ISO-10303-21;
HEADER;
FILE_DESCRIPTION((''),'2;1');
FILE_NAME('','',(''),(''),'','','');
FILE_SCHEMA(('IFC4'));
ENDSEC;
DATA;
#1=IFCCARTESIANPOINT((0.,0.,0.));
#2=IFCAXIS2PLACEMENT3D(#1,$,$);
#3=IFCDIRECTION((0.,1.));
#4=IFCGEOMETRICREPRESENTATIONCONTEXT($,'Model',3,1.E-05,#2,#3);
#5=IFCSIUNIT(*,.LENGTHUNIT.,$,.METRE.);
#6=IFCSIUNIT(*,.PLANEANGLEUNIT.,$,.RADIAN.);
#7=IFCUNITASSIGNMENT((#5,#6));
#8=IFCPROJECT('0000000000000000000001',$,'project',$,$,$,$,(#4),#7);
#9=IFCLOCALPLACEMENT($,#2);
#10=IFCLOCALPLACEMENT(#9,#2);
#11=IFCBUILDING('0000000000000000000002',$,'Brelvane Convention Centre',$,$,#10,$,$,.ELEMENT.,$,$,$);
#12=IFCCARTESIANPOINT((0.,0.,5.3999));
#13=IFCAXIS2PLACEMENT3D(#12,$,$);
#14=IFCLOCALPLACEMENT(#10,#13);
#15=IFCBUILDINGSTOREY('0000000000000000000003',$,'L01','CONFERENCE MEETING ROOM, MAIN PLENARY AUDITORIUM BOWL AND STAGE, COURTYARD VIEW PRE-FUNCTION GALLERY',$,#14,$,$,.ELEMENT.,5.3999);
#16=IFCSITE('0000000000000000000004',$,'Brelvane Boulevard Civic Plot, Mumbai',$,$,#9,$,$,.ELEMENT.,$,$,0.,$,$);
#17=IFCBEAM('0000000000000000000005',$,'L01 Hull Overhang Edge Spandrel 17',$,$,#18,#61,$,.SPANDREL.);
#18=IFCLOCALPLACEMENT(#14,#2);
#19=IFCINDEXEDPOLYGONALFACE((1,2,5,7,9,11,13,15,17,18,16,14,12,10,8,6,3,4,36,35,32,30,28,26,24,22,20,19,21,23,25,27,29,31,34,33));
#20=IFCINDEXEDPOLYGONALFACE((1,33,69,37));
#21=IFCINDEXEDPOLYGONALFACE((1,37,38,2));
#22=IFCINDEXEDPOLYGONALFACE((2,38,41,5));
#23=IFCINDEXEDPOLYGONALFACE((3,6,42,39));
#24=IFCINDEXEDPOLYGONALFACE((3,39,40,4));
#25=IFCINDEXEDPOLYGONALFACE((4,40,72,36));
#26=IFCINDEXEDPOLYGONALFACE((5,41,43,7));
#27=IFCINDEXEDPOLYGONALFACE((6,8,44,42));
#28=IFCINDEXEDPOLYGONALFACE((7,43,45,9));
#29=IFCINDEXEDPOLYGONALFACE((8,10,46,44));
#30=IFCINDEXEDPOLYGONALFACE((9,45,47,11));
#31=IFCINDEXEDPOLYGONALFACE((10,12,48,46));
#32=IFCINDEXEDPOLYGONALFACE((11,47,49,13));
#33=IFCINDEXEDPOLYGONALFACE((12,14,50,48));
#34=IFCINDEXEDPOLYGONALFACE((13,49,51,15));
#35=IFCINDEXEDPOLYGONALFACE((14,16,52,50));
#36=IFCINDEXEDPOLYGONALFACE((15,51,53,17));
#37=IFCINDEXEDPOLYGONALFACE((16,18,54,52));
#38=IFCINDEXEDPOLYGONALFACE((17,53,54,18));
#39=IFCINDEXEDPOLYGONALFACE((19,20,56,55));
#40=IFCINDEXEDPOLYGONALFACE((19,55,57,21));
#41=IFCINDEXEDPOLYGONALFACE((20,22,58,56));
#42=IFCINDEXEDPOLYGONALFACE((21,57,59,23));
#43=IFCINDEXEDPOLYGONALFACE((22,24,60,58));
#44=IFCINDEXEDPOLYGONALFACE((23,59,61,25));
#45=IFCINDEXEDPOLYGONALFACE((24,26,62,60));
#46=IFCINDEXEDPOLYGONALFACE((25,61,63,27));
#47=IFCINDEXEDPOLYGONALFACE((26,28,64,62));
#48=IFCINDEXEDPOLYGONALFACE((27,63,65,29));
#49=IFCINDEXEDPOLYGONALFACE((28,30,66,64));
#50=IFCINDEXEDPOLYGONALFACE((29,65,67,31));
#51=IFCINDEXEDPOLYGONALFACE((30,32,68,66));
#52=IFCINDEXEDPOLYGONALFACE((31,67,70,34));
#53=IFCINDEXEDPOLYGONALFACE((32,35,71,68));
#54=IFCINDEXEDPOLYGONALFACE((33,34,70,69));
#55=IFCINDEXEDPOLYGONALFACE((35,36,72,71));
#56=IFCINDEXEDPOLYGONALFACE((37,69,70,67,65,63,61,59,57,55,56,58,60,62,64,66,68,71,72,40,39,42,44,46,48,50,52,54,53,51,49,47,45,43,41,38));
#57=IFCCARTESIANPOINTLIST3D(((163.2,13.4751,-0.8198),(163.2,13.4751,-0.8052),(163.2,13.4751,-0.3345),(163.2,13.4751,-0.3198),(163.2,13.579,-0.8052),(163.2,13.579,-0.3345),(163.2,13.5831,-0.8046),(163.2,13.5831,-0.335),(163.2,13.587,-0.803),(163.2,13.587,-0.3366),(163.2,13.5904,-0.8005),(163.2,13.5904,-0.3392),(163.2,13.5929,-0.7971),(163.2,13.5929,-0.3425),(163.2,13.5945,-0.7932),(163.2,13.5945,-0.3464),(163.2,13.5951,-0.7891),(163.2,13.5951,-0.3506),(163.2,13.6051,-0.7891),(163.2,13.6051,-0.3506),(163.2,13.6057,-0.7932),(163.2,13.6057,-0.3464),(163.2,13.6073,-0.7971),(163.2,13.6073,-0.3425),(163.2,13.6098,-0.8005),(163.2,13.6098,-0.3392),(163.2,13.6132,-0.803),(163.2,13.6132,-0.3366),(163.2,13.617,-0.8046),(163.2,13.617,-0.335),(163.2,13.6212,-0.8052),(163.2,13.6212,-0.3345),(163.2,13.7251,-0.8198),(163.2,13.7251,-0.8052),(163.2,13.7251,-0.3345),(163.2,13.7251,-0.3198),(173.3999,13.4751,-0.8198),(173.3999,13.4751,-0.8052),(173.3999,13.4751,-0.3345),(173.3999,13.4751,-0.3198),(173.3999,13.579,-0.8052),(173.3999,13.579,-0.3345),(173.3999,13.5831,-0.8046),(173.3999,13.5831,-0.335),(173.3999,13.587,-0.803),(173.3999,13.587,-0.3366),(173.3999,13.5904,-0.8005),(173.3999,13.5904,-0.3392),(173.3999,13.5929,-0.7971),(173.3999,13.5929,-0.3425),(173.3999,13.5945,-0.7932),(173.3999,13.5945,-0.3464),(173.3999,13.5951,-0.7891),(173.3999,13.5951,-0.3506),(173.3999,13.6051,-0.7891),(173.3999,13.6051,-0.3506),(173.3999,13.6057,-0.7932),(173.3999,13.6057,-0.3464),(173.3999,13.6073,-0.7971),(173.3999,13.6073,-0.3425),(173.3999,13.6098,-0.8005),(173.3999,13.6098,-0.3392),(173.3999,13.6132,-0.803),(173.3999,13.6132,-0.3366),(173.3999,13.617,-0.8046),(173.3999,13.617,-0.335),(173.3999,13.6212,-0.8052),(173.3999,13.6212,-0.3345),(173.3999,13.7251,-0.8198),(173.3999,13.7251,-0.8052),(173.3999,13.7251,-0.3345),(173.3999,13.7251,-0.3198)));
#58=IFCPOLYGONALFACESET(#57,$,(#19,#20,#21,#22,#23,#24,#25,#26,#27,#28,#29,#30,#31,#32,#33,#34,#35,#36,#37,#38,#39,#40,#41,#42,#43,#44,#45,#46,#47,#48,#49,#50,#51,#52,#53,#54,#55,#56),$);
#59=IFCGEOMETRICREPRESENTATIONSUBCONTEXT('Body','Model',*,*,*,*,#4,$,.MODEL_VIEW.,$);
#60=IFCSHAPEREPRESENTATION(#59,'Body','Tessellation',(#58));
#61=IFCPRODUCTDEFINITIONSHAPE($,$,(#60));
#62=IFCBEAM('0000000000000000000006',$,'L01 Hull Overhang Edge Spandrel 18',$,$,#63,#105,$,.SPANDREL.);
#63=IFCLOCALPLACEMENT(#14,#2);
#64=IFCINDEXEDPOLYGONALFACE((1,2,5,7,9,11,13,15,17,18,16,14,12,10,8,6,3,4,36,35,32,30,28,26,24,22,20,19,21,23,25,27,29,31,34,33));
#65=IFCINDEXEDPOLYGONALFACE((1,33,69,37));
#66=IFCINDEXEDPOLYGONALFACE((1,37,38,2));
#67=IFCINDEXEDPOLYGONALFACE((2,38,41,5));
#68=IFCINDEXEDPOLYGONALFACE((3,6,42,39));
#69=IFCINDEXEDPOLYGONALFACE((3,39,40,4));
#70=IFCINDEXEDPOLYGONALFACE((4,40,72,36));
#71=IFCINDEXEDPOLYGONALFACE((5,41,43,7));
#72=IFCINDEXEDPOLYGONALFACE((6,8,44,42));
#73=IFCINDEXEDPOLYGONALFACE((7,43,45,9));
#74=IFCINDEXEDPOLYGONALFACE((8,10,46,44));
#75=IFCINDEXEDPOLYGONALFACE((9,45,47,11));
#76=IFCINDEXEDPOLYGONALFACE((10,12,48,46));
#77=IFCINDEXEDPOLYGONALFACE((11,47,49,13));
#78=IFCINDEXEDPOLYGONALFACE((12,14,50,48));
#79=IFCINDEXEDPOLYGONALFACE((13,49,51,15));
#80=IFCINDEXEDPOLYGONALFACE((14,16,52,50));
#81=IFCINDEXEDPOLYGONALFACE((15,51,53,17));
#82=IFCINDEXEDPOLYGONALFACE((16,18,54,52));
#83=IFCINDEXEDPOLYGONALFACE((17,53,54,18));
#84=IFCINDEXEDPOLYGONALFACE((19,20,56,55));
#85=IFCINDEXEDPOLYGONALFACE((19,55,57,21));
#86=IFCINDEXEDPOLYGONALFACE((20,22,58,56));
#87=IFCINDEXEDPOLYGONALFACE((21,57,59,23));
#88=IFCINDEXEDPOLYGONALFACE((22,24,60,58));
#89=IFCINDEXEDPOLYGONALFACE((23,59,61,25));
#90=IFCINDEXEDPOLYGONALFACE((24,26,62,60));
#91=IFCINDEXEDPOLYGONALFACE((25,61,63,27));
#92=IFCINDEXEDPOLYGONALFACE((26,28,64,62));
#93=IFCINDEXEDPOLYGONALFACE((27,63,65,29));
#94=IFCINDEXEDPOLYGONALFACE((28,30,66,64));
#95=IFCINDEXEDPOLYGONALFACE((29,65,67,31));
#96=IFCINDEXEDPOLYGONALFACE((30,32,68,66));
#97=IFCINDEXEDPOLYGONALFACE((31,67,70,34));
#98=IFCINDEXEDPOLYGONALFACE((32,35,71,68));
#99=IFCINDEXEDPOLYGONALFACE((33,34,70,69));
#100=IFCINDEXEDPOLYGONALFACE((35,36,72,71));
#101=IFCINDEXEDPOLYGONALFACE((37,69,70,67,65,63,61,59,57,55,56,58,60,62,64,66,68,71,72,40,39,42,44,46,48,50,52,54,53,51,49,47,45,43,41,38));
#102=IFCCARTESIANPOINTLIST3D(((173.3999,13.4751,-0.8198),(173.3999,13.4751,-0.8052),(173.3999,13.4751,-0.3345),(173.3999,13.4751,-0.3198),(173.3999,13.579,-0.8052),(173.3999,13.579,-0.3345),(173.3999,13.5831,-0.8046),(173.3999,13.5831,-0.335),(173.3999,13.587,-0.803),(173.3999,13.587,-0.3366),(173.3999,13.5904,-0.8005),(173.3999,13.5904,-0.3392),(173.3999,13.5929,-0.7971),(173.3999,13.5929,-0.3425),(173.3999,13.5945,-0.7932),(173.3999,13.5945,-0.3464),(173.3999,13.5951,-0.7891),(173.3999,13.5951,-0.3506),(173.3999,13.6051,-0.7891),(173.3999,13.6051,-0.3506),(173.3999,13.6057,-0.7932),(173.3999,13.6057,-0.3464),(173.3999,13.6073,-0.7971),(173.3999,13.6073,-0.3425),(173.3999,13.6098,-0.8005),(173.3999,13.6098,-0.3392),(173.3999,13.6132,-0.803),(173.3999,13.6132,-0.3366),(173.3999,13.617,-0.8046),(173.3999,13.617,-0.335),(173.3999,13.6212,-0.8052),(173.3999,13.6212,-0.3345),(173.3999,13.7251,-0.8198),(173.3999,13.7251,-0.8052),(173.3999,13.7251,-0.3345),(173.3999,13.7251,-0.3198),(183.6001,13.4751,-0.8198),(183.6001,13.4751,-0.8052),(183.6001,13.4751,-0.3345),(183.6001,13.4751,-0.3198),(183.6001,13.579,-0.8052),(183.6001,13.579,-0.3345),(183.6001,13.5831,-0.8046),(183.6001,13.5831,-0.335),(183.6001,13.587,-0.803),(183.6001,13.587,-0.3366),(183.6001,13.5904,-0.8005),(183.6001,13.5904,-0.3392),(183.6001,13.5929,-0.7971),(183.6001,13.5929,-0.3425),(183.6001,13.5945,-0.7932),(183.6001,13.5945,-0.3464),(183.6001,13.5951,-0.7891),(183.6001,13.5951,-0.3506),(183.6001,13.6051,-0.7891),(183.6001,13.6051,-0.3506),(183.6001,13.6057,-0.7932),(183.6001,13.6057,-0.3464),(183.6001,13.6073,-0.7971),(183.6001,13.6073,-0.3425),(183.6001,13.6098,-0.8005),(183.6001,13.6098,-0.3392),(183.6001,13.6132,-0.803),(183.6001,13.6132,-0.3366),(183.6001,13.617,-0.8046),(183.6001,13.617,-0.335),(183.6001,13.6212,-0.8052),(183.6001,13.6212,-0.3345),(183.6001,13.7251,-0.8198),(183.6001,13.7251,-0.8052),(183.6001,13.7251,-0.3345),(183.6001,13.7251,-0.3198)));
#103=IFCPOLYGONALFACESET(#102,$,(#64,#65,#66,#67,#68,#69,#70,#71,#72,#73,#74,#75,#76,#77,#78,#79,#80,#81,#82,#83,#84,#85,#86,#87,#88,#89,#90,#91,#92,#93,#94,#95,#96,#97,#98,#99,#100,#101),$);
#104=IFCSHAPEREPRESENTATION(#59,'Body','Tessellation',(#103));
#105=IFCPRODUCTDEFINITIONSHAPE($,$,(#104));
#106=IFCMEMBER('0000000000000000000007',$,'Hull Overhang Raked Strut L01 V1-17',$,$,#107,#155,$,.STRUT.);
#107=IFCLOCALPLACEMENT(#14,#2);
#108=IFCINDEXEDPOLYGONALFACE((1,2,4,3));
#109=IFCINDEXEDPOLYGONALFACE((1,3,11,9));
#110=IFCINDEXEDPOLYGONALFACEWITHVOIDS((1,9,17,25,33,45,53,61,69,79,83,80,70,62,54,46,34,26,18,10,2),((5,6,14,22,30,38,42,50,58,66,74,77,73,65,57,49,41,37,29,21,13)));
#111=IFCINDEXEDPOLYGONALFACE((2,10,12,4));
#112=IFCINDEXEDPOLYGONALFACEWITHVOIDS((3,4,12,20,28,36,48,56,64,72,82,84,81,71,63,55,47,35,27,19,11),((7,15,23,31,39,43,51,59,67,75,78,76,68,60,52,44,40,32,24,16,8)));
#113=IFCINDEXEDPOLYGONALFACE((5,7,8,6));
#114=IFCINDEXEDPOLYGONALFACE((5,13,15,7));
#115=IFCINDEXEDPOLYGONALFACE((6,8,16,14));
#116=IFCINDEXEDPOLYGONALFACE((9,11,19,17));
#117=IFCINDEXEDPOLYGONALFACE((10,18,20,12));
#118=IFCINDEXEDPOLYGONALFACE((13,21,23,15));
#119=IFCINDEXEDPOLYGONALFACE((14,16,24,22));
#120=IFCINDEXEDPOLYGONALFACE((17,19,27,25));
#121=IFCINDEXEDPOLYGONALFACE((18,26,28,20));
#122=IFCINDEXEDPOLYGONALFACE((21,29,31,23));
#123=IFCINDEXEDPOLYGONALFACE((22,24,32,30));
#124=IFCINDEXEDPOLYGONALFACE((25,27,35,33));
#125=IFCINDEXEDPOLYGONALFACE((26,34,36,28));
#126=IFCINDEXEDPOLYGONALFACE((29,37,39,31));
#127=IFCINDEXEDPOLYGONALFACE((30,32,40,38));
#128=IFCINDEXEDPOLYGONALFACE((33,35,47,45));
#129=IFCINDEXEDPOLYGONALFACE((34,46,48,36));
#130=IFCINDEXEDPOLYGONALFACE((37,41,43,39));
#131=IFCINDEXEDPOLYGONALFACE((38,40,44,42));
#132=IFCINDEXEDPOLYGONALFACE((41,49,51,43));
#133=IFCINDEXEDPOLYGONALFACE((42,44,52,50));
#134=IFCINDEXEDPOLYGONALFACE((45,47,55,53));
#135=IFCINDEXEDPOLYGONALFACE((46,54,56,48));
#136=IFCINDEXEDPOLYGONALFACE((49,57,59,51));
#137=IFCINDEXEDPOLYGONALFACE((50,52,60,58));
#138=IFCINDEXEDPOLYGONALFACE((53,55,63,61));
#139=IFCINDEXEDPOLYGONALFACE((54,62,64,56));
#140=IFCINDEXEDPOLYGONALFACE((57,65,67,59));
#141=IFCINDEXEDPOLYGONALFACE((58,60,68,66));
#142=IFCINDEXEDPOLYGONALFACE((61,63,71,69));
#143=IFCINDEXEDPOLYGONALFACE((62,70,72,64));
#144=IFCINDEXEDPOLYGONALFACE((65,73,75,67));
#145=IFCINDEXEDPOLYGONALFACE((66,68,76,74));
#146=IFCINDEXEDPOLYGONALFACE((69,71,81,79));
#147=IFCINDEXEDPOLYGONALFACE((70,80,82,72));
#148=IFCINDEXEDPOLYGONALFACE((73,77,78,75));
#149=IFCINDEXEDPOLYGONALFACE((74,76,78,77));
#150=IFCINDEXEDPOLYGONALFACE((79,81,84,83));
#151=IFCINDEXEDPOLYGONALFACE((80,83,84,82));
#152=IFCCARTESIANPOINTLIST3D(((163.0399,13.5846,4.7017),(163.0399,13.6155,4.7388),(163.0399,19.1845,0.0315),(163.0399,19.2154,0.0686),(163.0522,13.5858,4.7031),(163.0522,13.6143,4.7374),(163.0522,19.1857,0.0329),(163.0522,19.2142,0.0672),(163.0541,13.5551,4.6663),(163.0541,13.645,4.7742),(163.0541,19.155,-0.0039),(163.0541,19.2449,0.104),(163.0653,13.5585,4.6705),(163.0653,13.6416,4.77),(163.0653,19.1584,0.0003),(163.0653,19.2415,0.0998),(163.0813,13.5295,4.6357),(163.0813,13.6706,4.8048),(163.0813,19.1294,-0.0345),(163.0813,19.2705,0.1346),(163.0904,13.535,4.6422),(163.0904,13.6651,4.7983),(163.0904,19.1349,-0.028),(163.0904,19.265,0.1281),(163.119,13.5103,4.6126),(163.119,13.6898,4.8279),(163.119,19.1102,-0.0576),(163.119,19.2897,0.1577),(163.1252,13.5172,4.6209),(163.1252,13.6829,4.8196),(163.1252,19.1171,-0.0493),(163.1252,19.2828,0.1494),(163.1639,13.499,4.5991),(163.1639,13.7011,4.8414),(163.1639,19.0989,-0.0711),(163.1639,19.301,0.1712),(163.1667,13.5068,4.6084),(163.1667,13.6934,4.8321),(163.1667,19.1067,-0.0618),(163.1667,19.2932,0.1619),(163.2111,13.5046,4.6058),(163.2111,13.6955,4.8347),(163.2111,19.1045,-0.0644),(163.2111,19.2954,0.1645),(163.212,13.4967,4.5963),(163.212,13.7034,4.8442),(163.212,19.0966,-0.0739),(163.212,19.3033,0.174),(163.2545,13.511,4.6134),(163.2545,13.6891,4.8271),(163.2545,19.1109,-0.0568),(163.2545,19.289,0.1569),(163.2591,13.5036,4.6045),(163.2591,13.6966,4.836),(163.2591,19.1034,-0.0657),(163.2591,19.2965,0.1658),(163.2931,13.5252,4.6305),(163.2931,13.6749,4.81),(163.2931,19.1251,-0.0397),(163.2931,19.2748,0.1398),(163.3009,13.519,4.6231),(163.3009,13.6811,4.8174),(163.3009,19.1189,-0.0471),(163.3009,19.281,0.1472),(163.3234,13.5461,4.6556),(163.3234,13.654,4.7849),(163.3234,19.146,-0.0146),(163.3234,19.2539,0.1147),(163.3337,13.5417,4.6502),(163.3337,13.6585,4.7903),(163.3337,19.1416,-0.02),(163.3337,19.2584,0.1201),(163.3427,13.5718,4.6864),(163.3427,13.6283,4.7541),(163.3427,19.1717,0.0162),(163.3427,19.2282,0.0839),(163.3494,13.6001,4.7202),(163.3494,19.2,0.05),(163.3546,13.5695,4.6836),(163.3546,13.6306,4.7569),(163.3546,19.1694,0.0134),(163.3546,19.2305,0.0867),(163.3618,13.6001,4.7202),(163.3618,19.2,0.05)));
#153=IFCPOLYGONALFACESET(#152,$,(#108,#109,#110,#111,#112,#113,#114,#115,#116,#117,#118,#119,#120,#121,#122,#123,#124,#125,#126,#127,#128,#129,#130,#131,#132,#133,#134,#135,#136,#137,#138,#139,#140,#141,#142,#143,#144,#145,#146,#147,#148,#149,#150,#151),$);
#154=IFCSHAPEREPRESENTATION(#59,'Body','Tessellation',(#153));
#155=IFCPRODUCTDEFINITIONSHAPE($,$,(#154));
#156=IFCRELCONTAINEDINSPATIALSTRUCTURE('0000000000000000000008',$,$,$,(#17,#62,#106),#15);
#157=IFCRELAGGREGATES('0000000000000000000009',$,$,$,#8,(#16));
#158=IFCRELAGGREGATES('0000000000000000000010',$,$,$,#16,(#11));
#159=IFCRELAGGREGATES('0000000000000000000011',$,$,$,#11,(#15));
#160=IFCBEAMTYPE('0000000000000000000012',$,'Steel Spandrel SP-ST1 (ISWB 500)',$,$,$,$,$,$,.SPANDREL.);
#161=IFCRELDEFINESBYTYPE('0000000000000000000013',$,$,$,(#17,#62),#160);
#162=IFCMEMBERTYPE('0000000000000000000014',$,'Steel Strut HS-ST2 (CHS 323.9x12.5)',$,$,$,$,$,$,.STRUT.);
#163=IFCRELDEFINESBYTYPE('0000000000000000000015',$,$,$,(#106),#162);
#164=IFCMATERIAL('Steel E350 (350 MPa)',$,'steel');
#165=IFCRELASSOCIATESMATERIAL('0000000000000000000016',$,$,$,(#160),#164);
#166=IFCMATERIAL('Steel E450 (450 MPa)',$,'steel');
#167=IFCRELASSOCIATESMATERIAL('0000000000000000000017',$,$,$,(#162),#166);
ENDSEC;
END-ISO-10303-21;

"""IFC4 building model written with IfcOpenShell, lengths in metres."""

from ifc_helpers import new_model, si_unit, direction, frame, origin, origin_2d, place, context, subcontext, project, spatial, hollow_circle, i_section, extrude, material, material_profile, profile_set, type_object, element, save


model = new_model("IFC4")

# Units and contexts
model_context = context("Model", 3, precision=1e-05, world=origin(), true_north=direction((0.0, 1.0)))
body_context = subcontext(model_context, "Body", "Model", "MODEL_VIEW")
ifc_project = project(units=[si_unit("LENGTHUNIT", "METRE"), si_unit("PLANEANGLEUNIT", "RADIAN")], contexts=[model_context])

# Site, building, storey
site_placement = place(None, origin())
site = spatial("IfcSite", under=ifc_project, at=site_placement, Name="Brelvane Boulevard Civic Plot, Mumbai", CompositionType="ELEMENT", RefElevation=0.0)
building_placement = place(site_placement, origin())
building = spatial("IfcBuilding", under=site, at=building_placement, Name="Brelvane Convention Centre", CompositionType="ELEMENT")
storey_placement = place(building_placement, frame((0.0, 0.0, 5.3999)))
storey = spatial("IfcBuildingStorey", under=building, at=storey_placement, Name="L01", Description="CONFERENCE MEETING ROOM, MAIN PLENARY AUDITORIUM BOWL AND STAGE, COURTYARD VIEW PRE-FUNCTION GALLERY", CompositionType="ELEMENT", Elevation=5.3999)

# Beams
ifc_material_1 = material(Name="Steel E350 (350 MPa)", Category="steel")
ifc_material_profile_1 = material_profile(ifc_material_1, i_section(OverallWidth=0.25, OverallDepth=0.5, WebThickness=0.01, FlangeThickness=0.0146, FilletRadius=0.0161, at=origin_2d()), Name="ISWB 500")
ifc_profile_set_1 = profile_set([ifc_material_profile_1], Name="Steel E350 (350 MPa)")
beam_type_1 = type_object("IfcBeamType", Name="Steel Spandrel SP-ST1 (ISWB 500)", PredefinedType="SPANDREL", material=ifc_profile_set_1)
beam_1_placement = place(storey_placement, frame((163.2, 13.6001, -0.5698), z_axis=(1.0, 0.0, 0.0), x_axis=(0.0, 1.0, 0.0)))
element("IfcBeam", 1, at=beam_1_placement, inside=storey, type_object=beam_type_1, Name="L01 Hull Overhang Edge Spandrel 17", PredefinedType="SPANDREL", context=body_context, shape_type="SweptSolid", body=[
    extrude(i_section(OverallWidth=0.25, OverallDepth=0.5, WebThickness=0.01, FlangeThickness=0.0146, FilletRadius=0.0161, at=origin_2d()), origin(), (0.0, 0.0, 1.0), 10.2),
])
beam_2_placement = place(storey_placement, frame((173.3999, 13.6001, -0.5698), z_axis=(1.0, 0.0, 0.0), x_axis=(0.0, 1.0, 0.0)))
element("IfcBeam", 2, at=beam_2_placement, inside=storey, type_object=beam_type_1, Name="L01 Hull Overhang Edge Spandrel 18", PredefinedType="SPANDREL", context=body_context, shape_type="SweptSolid", body=[
    extrude(i_section(OverallWidth=0.25, OverallDepth=0.5, WebThickness=0.01, FlangeThickness=0.0146, FilletRadius=0.0161, at=origin_2d()), origin(), (0.0, 0.0, 1.0), 10.2002),
])

# Member
ifc_material_2 = material(Name="Steel E450 (450 MPa)", Category="steel")
ifc_material_profile_2 = material_profile(ifc_material_2, hollow_circle(Radius=0.1619, WallThickness=0.0125, at=origin_2d()), Name="CHS 323.9x12.5")
ifc_profile_set_2 = profile_set([ifc_material_profile_2], Name="Steel E450 (450 MPa)")
member_type_1 = type_object("IfcMemberType", Name="Steel Strut HS-ST2 (CHS 323.9x12.5)", PredefinedType="STRUT", material=ifc_profile_set_2)
member_1_placement = place(storey_placement, frame((163.2, 19.2, 0.05), z_axis=(0.0, -0.767977, 0.640477), x_axis=(1.0, 0.0, 0.0)))
element("IfcMember", 3, at=member_1_placement, inside=storey, type_object=member_type_1, Name="Hull Overhang Raked Strut L01 V1-17", PredefinedType="STRUT", context=body_context, shape_type="SweptSolid", body=[
    extrude(hollow_circle(Radius=0.1619, WallThickness=0.0125, at=origin_2d()), origin(), (0.0, 0.0, 1.0), 7.2917),
])

save(model, "model.ifc")
